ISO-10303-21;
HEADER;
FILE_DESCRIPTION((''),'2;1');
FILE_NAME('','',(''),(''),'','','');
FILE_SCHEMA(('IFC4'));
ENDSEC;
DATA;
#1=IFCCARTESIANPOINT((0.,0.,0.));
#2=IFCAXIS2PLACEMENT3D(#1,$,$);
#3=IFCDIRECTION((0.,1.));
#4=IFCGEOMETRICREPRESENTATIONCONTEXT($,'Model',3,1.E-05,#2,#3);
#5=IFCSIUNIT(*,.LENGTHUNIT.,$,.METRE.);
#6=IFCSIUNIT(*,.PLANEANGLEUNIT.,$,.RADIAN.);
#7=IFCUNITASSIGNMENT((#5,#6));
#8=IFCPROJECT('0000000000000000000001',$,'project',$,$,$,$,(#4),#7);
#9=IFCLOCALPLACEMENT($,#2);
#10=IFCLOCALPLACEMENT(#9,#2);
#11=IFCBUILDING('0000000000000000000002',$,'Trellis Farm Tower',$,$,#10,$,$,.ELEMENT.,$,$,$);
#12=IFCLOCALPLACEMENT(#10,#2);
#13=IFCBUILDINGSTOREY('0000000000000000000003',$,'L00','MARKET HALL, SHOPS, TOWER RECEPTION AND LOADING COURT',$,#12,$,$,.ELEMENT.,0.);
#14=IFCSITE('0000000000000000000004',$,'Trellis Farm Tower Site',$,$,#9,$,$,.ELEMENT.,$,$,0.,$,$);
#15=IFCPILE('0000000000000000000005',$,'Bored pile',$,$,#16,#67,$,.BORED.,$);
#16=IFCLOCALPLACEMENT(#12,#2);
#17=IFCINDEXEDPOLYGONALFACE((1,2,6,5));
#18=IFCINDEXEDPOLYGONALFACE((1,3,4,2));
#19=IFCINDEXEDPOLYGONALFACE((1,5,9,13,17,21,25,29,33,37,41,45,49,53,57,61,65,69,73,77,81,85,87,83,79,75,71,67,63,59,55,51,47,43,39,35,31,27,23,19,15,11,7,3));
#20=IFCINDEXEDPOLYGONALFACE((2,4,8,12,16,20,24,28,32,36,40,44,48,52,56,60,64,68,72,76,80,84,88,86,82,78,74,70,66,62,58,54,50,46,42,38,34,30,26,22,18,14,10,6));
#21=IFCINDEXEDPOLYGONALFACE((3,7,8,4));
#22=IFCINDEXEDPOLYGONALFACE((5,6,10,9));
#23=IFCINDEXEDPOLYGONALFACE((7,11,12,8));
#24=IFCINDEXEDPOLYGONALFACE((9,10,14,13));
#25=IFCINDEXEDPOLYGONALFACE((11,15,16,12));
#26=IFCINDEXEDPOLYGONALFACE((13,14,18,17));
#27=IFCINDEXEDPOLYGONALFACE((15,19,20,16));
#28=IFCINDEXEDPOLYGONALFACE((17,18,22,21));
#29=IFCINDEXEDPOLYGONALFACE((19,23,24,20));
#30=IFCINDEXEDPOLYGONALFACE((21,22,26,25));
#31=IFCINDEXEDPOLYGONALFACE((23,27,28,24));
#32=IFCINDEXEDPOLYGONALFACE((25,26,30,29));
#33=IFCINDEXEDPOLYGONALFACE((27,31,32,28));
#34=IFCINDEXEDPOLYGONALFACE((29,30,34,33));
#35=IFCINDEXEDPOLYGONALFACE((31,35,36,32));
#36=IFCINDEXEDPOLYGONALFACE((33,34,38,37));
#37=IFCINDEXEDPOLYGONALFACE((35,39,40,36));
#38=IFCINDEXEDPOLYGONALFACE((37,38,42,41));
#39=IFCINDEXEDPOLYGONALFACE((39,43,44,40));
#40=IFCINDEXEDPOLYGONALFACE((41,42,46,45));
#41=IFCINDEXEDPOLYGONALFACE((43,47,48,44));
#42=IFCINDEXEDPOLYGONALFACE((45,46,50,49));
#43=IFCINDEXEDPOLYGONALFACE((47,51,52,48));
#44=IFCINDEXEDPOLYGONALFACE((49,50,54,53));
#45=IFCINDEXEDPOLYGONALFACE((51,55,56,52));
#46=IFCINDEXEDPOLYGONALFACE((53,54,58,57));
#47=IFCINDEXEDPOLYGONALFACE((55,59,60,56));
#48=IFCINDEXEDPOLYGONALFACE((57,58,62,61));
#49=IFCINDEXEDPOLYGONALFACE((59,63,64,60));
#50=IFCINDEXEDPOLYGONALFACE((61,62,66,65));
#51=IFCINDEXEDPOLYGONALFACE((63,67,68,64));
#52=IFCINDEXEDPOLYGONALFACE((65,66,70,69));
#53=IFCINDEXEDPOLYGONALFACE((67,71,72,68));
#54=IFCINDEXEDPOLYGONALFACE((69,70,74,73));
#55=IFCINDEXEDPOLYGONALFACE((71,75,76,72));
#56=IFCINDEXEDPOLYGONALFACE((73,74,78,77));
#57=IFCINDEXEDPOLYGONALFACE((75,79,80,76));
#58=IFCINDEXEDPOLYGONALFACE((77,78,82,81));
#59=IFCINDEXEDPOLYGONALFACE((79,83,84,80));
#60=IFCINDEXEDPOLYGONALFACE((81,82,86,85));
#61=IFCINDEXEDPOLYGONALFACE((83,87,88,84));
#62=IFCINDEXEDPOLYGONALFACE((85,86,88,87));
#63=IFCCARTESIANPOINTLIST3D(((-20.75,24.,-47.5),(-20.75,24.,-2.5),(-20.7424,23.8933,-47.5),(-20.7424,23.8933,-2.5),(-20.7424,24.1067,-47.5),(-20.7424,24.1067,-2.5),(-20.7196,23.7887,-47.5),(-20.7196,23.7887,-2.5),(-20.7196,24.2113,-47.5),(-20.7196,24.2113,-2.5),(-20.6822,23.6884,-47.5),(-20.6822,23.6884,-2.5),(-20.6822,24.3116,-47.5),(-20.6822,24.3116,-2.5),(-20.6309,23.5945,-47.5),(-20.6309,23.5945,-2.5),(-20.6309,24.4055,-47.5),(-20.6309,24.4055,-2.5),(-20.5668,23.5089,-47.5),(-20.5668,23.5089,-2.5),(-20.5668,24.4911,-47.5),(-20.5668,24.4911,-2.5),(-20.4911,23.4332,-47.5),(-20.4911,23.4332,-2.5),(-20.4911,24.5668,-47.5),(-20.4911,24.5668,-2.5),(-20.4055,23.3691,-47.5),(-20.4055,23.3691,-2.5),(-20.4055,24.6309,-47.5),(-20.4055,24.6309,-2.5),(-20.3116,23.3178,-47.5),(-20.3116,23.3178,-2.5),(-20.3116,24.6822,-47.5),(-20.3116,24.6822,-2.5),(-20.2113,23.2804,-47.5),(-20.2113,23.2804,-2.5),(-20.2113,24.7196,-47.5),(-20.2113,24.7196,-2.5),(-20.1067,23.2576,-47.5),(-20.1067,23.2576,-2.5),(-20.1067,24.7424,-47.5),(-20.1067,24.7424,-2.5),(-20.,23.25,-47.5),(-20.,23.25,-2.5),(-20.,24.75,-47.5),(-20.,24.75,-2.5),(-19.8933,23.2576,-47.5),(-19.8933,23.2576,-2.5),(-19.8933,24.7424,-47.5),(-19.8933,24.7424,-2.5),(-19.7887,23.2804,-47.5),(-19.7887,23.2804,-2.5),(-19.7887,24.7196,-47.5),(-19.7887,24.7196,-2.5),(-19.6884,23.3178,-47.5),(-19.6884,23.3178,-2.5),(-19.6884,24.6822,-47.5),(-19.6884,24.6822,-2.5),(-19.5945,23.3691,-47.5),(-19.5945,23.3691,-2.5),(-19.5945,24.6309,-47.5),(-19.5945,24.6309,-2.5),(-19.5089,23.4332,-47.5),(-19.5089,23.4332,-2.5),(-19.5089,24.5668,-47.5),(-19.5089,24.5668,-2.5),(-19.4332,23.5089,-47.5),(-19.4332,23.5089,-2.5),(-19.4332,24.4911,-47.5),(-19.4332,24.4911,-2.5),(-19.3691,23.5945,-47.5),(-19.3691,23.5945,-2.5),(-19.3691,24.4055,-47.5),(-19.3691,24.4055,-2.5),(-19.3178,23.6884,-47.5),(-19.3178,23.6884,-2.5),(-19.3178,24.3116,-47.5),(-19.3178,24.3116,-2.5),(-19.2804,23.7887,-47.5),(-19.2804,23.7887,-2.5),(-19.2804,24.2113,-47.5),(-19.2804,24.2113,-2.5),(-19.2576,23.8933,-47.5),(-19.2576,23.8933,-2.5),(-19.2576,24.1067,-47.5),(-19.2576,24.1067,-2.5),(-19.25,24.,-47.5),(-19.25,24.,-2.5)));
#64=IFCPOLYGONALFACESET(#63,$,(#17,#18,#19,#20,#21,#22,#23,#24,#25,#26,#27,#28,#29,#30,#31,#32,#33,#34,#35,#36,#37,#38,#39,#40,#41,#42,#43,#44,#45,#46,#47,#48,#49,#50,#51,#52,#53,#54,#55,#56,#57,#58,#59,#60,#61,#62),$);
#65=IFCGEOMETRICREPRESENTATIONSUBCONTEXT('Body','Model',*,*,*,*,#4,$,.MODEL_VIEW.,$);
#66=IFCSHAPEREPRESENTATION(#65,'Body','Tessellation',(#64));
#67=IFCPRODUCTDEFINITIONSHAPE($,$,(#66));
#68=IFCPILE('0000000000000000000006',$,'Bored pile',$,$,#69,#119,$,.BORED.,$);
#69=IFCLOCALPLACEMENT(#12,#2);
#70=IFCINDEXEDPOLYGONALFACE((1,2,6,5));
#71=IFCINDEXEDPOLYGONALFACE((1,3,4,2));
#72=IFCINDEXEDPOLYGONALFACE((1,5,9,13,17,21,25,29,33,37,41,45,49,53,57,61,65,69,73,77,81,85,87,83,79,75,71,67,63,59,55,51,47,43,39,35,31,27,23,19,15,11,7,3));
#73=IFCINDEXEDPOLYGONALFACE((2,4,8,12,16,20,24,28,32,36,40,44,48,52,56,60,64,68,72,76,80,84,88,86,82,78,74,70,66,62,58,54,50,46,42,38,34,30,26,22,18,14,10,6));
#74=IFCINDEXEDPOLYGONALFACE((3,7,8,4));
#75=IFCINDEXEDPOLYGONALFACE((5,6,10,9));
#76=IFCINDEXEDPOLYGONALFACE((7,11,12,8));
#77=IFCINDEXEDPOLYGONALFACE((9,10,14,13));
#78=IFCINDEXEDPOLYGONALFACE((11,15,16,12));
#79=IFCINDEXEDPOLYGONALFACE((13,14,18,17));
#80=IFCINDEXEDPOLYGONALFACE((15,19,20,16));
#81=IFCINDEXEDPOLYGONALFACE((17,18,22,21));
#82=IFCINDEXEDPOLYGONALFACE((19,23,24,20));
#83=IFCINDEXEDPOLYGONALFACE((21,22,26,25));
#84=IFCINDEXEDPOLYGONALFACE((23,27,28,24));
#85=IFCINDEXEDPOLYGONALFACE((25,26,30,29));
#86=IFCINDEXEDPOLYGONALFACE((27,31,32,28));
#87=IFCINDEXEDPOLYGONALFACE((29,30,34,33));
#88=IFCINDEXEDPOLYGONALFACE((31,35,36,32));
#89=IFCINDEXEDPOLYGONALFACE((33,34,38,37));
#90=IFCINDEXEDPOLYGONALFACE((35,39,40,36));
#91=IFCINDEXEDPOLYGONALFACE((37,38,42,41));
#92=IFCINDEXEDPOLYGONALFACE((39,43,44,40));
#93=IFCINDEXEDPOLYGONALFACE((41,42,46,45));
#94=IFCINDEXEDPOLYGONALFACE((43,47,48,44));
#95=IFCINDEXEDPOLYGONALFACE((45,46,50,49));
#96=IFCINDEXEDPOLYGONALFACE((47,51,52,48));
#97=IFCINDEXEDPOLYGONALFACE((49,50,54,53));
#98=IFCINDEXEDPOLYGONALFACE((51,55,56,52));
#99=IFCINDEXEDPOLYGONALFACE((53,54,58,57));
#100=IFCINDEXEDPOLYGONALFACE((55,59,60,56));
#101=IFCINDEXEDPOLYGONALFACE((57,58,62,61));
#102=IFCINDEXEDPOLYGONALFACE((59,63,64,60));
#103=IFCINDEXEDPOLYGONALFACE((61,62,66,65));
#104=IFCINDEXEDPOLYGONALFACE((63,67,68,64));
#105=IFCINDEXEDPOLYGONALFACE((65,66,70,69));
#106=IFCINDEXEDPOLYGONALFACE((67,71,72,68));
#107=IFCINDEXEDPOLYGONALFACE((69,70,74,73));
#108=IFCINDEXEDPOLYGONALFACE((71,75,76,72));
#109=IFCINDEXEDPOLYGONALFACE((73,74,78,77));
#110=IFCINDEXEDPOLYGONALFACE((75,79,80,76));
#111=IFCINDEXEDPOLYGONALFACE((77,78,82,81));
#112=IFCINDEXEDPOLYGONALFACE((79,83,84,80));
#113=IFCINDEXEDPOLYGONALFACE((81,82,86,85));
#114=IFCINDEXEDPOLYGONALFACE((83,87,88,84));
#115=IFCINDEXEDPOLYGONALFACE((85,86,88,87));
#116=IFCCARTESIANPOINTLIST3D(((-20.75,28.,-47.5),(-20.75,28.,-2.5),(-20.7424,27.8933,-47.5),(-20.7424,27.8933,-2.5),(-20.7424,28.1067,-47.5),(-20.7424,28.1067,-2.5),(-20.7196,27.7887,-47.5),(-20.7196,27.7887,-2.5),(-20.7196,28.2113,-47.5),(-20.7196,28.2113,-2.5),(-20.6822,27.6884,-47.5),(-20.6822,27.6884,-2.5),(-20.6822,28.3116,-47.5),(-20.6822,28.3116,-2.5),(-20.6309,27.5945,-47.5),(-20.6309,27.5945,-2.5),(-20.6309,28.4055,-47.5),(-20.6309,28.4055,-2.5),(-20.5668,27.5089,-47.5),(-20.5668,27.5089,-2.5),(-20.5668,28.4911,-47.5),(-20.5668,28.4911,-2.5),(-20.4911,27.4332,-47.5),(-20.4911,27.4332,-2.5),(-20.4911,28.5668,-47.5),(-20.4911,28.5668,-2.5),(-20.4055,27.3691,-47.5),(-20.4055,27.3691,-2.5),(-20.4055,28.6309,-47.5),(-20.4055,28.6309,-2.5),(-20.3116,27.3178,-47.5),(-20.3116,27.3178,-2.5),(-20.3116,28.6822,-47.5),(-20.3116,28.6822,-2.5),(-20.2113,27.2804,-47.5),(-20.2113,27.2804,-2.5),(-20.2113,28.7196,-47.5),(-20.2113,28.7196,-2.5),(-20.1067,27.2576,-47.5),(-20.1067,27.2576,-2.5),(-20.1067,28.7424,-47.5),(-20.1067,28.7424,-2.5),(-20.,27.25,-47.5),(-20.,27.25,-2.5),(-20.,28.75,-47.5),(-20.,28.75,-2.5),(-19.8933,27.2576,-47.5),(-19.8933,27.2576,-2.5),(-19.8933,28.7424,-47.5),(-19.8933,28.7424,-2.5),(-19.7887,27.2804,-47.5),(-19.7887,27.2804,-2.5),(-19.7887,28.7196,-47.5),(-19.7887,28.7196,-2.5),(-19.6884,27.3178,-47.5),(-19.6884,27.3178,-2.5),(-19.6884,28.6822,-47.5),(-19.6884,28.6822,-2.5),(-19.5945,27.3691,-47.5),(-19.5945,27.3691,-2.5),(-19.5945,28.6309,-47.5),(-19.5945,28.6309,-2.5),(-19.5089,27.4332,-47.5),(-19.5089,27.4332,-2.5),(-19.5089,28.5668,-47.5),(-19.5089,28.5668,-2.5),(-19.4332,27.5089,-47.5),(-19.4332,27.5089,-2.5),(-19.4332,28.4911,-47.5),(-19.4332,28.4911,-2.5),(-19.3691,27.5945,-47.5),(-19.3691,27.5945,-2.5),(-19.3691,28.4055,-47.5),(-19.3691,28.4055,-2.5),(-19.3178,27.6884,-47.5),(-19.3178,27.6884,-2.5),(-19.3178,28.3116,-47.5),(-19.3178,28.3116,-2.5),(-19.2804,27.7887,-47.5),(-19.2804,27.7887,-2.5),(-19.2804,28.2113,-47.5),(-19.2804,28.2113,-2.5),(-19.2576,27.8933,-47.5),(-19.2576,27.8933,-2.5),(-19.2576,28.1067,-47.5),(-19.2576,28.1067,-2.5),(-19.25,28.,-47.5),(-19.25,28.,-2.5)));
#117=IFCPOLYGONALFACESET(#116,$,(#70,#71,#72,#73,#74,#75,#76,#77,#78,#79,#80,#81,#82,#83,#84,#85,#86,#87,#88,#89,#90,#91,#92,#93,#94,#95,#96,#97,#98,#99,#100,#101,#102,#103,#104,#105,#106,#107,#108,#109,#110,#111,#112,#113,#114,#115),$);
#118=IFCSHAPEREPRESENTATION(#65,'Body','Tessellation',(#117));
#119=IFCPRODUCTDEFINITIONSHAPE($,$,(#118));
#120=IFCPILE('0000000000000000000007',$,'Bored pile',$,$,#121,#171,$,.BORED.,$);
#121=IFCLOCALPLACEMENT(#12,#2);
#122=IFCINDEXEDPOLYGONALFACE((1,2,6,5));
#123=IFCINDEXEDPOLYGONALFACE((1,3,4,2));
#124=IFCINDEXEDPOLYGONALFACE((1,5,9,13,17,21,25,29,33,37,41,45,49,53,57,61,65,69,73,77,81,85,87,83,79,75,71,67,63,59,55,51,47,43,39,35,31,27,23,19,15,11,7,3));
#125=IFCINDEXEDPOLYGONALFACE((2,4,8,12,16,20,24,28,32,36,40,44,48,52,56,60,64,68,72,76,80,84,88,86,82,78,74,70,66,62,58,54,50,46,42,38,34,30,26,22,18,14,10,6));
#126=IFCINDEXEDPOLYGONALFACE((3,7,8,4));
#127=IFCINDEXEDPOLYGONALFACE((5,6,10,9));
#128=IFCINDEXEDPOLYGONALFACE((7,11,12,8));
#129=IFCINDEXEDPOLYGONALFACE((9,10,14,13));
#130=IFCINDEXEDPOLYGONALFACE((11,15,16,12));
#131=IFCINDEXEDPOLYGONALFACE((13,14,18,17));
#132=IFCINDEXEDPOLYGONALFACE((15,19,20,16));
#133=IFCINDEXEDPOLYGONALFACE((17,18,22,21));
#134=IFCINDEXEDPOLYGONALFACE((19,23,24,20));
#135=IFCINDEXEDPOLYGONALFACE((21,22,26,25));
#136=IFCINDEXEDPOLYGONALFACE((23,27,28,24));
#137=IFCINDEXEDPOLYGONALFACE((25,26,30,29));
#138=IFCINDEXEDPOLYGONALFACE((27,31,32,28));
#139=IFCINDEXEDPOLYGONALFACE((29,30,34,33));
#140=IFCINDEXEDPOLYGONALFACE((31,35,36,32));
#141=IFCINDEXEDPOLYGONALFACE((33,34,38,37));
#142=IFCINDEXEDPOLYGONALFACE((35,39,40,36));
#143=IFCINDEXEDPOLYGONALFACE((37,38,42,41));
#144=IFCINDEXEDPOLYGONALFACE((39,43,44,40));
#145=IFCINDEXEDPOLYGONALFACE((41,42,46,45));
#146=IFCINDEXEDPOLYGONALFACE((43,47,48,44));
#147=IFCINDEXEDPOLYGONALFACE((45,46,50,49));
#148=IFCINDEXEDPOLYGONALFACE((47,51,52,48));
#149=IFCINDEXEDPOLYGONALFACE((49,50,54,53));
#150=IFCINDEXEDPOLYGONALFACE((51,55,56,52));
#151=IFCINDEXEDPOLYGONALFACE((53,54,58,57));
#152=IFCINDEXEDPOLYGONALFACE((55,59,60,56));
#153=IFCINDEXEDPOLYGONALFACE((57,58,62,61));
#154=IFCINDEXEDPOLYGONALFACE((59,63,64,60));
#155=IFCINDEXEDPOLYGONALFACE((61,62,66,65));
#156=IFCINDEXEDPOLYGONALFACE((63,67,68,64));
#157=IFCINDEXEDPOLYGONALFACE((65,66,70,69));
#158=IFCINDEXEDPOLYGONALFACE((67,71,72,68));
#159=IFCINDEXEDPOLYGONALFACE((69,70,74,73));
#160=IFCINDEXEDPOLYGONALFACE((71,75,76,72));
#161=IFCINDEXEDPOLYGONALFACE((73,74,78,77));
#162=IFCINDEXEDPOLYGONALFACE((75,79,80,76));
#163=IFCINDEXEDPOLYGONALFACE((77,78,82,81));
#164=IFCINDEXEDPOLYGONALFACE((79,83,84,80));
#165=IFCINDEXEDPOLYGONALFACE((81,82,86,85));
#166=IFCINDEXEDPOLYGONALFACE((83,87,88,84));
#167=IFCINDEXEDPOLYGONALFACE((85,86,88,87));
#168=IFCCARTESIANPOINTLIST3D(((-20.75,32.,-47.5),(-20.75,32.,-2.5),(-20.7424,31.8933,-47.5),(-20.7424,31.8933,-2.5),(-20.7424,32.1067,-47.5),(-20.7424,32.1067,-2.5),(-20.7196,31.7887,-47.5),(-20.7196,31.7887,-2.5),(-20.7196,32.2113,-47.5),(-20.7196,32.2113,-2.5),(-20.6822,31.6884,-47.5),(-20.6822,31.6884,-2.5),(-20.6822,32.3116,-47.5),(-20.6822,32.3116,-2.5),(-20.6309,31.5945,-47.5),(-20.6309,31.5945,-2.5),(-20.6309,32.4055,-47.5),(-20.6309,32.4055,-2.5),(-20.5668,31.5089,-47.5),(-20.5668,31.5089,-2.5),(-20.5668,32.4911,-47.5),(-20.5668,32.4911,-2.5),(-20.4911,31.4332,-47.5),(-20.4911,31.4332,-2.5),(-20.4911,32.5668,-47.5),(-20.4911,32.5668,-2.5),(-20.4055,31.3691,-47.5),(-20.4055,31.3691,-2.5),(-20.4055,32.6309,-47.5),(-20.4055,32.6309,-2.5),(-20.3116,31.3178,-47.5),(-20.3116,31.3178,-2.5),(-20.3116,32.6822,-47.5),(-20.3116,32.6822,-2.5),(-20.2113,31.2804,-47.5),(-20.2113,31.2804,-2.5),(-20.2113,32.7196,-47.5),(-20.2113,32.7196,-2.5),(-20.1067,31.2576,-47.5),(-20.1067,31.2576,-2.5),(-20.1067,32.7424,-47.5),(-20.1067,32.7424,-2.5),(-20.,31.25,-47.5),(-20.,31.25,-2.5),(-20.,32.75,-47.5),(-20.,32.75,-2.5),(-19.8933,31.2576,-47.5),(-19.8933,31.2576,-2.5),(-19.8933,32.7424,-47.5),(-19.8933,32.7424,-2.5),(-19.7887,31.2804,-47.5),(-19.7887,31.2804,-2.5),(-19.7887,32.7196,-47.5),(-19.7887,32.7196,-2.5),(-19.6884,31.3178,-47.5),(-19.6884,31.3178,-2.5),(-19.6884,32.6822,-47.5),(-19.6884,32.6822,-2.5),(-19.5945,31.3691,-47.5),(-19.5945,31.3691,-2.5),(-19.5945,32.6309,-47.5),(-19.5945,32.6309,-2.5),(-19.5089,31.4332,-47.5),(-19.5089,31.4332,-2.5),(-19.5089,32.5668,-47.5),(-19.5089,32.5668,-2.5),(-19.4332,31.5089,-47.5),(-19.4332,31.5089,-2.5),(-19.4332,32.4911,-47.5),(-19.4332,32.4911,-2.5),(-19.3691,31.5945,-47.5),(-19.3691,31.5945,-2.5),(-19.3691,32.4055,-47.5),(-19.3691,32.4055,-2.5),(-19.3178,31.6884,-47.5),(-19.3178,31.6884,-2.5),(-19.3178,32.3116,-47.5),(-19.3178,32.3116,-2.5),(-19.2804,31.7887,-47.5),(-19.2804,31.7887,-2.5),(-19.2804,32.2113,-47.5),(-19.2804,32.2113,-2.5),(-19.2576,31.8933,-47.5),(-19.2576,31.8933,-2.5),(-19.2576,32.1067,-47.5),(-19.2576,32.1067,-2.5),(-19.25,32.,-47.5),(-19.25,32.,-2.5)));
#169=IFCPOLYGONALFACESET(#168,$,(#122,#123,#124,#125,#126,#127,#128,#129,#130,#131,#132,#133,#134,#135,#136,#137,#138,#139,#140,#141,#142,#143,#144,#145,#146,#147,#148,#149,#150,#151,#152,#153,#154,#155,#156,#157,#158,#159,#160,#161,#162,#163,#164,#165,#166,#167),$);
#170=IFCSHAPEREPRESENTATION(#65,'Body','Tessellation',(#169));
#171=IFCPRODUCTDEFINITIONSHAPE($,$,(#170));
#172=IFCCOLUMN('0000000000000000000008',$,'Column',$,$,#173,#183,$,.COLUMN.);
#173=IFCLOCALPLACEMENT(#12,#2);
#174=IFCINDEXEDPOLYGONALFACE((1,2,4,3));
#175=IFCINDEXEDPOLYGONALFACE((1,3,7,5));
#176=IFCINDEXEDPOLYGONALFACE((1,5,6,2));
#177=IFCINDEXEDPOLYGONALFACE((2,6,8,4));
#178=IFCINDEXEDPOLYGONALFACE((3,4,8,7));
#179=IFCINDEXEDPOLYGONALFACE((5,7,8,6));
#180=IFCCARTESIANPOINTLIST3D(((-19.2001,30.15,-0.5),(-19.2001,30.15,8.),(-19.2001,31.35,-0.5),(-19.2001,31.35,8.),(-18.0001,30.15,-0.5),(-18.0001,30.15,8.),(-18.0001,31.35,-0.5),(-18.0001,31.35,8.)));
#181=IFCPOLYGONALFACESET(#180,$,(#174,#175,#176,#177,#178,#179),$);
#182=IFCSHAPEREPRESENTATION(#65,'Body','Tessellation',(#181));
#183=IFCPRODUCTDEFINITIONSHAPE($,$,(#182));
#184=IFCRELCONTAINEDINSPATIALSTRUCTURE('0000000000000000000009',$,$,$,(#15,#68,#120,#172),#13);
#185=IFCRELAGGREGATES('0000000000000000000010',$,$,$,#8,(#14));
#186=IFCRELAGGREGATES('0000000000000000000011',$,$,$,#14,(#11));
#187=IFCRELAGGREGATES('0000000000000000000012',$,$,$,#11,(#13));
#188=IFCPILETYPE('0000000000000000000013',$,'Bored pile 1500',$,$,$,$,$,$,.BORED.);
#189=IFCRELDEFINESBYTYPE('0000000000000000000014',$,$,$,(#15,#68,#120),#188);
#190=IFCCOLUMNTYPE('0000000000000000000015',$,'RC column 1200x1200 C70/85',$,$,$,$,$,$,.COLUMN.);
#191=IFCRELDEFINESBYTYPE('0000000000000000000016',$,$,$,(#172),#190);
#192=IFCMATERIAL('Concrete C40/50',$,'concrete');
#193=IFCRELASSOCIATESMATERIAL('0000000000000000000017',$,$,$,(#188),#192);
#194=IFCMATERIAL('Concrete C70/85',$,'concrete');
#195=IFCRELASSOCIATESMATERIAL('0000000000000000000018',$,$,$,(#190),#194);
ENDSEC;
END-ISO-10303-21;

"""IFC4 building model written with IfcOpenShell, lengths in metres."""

from ifc_helpers import new_model, si_unit, direction, frame, origin, origin_2d, place, context, subcontext, project, spatial, rectangle, circle, extrude, source, transform, mapped, material, material_profile, profile_set, type_object, element, save


model = new_model("IFC4")

# Units and contexts
model_context = context("Model", 3, precision=1e-05, world=origin(), true_north=direction((0.0, 1.0)))
body_context = subcontext(model_context, "Body", "Model", "MODEL_VIEW")
ifc_project = project(units=[si_unit("LENGTHUNIT", "METRE"), si_unit("PLANEANGLEUNIT", "RADIAN")], contexts=[model_context])

# Site, building, storey
site_placement = place(None, origin())
site = spatial("IfcSite", under=ifc_project, at=site_placement, Name="Trellis Farm Tower Site", CompositionType="ELEMENT", RefElevation=0.0)
building_placement = place(site_placement, origin())
building = spatial("IfcBuilding", under=site, at=building_placement, Name="Trellis Farm Tower", CompositionType="ELEMENT")
storey_placement = place(building_placement, origin())
storey = spatial("IfcBuildingStorey", under=building, at=storey_placement, Name="L00", Description="MARKET HALL, SHOPS, TOWER RECEPTION AND LOADING COURT", CompositionType="ELEMENT", Elevation=0.0)

# Piles
ifc_material_1 = material(Name="Concrete C40/50", Category="concrete")
ifc_material_profile_1 = material_profile(ifc_material_1, circle(Radius=0.75, at=origin_2d()), Name="Bored pile 1500")
ifc_profile_set_1 = profile_set([ifc_material_profile_1], Name="Concrete C40/50")
pile_type = type_object("IfcPileType", Name="Bored pile 1500", PredefinedType="BORED", material=ifc_profile_set_1)
shared_shape_1 = source(origin(), body_context, "Body", "SweptSolid", [
    extrude(circle(Radius=0.75, at=origin_2d()), origin(), (0.0, 0.0, 1.0), 45.0),
])
for number, where, z_axis, x_axis, name in (
    (1, (-20.0, 24.0, -2.5), (0.0, 0.0, -1.0), (1.0, 0.0, 0.0), "Bored pile"),
    (2, (-20.0, 28.0, -2.5), (0.0, 0.0, -1.0), (1.0, 0.0, 0.0), "Bored pile"),
    (3, (-20.0, 32.0, -2.5), (0.0, 0.0, -1.0), (1.0, 0.0, 0.0), "Bored pile"),
):
    element("IfcPile", number, at=place(storey_placement, frame(where, z_axis=z_axis, x_axis=x_axis)), inside=storey, type_object=pile_type, Name=name, PredefinedType="BORED", context=body_context, shape_type="MappedRepresentation", body=[
        mapped(shared_shape_1, transform((0.0, 0.0, 0.0))),
    ])

# Column
ifc_material_2 = material(Name="Concrete C70/85", Category="concrete")
ifc_material_profile_2 = material_profile(ifc_material_2, rectangle(XDim=1.2, YDim=1.2, at=origin_2d()), Name="RC column 1200x1200 C70/85")
ifc_profile_set_2 = profile_set([ifc_material_profile_2], Name="Concrete C70/85")
column_type = type_object("IfcColumnType", Name="RC column 1200x1200 C70/85", PredefinedType="COLUMN", material=ifc_profile_set_2)
shared_shape_2 = source(origin(), body_context, "Body", "SweptSolid", [
    extrude(rectangle(XDim=1.2, YDim=1.2, at=origin_2d()), origin(), (0.0, 0.0, 1.0), 8.5),
])
column_placement = place(storey_placement, frame((-18.6001, 30.75, -0.5), z_axis=(0.0, 0.0, 1.0), x_axis=(1.0, 0.0, 0.0)))
element("IfcColumn", 4, at=column_placement, inside=storey, type_object=column_type, Name="Column", PredefinedType="COLUMN", context=body_context, shape_type="MappedRepresentation", body=[
    mapped(shared_shape_2, transform((0.0, 0.0, 0.0))),
])

save(model, "model.ifc")
